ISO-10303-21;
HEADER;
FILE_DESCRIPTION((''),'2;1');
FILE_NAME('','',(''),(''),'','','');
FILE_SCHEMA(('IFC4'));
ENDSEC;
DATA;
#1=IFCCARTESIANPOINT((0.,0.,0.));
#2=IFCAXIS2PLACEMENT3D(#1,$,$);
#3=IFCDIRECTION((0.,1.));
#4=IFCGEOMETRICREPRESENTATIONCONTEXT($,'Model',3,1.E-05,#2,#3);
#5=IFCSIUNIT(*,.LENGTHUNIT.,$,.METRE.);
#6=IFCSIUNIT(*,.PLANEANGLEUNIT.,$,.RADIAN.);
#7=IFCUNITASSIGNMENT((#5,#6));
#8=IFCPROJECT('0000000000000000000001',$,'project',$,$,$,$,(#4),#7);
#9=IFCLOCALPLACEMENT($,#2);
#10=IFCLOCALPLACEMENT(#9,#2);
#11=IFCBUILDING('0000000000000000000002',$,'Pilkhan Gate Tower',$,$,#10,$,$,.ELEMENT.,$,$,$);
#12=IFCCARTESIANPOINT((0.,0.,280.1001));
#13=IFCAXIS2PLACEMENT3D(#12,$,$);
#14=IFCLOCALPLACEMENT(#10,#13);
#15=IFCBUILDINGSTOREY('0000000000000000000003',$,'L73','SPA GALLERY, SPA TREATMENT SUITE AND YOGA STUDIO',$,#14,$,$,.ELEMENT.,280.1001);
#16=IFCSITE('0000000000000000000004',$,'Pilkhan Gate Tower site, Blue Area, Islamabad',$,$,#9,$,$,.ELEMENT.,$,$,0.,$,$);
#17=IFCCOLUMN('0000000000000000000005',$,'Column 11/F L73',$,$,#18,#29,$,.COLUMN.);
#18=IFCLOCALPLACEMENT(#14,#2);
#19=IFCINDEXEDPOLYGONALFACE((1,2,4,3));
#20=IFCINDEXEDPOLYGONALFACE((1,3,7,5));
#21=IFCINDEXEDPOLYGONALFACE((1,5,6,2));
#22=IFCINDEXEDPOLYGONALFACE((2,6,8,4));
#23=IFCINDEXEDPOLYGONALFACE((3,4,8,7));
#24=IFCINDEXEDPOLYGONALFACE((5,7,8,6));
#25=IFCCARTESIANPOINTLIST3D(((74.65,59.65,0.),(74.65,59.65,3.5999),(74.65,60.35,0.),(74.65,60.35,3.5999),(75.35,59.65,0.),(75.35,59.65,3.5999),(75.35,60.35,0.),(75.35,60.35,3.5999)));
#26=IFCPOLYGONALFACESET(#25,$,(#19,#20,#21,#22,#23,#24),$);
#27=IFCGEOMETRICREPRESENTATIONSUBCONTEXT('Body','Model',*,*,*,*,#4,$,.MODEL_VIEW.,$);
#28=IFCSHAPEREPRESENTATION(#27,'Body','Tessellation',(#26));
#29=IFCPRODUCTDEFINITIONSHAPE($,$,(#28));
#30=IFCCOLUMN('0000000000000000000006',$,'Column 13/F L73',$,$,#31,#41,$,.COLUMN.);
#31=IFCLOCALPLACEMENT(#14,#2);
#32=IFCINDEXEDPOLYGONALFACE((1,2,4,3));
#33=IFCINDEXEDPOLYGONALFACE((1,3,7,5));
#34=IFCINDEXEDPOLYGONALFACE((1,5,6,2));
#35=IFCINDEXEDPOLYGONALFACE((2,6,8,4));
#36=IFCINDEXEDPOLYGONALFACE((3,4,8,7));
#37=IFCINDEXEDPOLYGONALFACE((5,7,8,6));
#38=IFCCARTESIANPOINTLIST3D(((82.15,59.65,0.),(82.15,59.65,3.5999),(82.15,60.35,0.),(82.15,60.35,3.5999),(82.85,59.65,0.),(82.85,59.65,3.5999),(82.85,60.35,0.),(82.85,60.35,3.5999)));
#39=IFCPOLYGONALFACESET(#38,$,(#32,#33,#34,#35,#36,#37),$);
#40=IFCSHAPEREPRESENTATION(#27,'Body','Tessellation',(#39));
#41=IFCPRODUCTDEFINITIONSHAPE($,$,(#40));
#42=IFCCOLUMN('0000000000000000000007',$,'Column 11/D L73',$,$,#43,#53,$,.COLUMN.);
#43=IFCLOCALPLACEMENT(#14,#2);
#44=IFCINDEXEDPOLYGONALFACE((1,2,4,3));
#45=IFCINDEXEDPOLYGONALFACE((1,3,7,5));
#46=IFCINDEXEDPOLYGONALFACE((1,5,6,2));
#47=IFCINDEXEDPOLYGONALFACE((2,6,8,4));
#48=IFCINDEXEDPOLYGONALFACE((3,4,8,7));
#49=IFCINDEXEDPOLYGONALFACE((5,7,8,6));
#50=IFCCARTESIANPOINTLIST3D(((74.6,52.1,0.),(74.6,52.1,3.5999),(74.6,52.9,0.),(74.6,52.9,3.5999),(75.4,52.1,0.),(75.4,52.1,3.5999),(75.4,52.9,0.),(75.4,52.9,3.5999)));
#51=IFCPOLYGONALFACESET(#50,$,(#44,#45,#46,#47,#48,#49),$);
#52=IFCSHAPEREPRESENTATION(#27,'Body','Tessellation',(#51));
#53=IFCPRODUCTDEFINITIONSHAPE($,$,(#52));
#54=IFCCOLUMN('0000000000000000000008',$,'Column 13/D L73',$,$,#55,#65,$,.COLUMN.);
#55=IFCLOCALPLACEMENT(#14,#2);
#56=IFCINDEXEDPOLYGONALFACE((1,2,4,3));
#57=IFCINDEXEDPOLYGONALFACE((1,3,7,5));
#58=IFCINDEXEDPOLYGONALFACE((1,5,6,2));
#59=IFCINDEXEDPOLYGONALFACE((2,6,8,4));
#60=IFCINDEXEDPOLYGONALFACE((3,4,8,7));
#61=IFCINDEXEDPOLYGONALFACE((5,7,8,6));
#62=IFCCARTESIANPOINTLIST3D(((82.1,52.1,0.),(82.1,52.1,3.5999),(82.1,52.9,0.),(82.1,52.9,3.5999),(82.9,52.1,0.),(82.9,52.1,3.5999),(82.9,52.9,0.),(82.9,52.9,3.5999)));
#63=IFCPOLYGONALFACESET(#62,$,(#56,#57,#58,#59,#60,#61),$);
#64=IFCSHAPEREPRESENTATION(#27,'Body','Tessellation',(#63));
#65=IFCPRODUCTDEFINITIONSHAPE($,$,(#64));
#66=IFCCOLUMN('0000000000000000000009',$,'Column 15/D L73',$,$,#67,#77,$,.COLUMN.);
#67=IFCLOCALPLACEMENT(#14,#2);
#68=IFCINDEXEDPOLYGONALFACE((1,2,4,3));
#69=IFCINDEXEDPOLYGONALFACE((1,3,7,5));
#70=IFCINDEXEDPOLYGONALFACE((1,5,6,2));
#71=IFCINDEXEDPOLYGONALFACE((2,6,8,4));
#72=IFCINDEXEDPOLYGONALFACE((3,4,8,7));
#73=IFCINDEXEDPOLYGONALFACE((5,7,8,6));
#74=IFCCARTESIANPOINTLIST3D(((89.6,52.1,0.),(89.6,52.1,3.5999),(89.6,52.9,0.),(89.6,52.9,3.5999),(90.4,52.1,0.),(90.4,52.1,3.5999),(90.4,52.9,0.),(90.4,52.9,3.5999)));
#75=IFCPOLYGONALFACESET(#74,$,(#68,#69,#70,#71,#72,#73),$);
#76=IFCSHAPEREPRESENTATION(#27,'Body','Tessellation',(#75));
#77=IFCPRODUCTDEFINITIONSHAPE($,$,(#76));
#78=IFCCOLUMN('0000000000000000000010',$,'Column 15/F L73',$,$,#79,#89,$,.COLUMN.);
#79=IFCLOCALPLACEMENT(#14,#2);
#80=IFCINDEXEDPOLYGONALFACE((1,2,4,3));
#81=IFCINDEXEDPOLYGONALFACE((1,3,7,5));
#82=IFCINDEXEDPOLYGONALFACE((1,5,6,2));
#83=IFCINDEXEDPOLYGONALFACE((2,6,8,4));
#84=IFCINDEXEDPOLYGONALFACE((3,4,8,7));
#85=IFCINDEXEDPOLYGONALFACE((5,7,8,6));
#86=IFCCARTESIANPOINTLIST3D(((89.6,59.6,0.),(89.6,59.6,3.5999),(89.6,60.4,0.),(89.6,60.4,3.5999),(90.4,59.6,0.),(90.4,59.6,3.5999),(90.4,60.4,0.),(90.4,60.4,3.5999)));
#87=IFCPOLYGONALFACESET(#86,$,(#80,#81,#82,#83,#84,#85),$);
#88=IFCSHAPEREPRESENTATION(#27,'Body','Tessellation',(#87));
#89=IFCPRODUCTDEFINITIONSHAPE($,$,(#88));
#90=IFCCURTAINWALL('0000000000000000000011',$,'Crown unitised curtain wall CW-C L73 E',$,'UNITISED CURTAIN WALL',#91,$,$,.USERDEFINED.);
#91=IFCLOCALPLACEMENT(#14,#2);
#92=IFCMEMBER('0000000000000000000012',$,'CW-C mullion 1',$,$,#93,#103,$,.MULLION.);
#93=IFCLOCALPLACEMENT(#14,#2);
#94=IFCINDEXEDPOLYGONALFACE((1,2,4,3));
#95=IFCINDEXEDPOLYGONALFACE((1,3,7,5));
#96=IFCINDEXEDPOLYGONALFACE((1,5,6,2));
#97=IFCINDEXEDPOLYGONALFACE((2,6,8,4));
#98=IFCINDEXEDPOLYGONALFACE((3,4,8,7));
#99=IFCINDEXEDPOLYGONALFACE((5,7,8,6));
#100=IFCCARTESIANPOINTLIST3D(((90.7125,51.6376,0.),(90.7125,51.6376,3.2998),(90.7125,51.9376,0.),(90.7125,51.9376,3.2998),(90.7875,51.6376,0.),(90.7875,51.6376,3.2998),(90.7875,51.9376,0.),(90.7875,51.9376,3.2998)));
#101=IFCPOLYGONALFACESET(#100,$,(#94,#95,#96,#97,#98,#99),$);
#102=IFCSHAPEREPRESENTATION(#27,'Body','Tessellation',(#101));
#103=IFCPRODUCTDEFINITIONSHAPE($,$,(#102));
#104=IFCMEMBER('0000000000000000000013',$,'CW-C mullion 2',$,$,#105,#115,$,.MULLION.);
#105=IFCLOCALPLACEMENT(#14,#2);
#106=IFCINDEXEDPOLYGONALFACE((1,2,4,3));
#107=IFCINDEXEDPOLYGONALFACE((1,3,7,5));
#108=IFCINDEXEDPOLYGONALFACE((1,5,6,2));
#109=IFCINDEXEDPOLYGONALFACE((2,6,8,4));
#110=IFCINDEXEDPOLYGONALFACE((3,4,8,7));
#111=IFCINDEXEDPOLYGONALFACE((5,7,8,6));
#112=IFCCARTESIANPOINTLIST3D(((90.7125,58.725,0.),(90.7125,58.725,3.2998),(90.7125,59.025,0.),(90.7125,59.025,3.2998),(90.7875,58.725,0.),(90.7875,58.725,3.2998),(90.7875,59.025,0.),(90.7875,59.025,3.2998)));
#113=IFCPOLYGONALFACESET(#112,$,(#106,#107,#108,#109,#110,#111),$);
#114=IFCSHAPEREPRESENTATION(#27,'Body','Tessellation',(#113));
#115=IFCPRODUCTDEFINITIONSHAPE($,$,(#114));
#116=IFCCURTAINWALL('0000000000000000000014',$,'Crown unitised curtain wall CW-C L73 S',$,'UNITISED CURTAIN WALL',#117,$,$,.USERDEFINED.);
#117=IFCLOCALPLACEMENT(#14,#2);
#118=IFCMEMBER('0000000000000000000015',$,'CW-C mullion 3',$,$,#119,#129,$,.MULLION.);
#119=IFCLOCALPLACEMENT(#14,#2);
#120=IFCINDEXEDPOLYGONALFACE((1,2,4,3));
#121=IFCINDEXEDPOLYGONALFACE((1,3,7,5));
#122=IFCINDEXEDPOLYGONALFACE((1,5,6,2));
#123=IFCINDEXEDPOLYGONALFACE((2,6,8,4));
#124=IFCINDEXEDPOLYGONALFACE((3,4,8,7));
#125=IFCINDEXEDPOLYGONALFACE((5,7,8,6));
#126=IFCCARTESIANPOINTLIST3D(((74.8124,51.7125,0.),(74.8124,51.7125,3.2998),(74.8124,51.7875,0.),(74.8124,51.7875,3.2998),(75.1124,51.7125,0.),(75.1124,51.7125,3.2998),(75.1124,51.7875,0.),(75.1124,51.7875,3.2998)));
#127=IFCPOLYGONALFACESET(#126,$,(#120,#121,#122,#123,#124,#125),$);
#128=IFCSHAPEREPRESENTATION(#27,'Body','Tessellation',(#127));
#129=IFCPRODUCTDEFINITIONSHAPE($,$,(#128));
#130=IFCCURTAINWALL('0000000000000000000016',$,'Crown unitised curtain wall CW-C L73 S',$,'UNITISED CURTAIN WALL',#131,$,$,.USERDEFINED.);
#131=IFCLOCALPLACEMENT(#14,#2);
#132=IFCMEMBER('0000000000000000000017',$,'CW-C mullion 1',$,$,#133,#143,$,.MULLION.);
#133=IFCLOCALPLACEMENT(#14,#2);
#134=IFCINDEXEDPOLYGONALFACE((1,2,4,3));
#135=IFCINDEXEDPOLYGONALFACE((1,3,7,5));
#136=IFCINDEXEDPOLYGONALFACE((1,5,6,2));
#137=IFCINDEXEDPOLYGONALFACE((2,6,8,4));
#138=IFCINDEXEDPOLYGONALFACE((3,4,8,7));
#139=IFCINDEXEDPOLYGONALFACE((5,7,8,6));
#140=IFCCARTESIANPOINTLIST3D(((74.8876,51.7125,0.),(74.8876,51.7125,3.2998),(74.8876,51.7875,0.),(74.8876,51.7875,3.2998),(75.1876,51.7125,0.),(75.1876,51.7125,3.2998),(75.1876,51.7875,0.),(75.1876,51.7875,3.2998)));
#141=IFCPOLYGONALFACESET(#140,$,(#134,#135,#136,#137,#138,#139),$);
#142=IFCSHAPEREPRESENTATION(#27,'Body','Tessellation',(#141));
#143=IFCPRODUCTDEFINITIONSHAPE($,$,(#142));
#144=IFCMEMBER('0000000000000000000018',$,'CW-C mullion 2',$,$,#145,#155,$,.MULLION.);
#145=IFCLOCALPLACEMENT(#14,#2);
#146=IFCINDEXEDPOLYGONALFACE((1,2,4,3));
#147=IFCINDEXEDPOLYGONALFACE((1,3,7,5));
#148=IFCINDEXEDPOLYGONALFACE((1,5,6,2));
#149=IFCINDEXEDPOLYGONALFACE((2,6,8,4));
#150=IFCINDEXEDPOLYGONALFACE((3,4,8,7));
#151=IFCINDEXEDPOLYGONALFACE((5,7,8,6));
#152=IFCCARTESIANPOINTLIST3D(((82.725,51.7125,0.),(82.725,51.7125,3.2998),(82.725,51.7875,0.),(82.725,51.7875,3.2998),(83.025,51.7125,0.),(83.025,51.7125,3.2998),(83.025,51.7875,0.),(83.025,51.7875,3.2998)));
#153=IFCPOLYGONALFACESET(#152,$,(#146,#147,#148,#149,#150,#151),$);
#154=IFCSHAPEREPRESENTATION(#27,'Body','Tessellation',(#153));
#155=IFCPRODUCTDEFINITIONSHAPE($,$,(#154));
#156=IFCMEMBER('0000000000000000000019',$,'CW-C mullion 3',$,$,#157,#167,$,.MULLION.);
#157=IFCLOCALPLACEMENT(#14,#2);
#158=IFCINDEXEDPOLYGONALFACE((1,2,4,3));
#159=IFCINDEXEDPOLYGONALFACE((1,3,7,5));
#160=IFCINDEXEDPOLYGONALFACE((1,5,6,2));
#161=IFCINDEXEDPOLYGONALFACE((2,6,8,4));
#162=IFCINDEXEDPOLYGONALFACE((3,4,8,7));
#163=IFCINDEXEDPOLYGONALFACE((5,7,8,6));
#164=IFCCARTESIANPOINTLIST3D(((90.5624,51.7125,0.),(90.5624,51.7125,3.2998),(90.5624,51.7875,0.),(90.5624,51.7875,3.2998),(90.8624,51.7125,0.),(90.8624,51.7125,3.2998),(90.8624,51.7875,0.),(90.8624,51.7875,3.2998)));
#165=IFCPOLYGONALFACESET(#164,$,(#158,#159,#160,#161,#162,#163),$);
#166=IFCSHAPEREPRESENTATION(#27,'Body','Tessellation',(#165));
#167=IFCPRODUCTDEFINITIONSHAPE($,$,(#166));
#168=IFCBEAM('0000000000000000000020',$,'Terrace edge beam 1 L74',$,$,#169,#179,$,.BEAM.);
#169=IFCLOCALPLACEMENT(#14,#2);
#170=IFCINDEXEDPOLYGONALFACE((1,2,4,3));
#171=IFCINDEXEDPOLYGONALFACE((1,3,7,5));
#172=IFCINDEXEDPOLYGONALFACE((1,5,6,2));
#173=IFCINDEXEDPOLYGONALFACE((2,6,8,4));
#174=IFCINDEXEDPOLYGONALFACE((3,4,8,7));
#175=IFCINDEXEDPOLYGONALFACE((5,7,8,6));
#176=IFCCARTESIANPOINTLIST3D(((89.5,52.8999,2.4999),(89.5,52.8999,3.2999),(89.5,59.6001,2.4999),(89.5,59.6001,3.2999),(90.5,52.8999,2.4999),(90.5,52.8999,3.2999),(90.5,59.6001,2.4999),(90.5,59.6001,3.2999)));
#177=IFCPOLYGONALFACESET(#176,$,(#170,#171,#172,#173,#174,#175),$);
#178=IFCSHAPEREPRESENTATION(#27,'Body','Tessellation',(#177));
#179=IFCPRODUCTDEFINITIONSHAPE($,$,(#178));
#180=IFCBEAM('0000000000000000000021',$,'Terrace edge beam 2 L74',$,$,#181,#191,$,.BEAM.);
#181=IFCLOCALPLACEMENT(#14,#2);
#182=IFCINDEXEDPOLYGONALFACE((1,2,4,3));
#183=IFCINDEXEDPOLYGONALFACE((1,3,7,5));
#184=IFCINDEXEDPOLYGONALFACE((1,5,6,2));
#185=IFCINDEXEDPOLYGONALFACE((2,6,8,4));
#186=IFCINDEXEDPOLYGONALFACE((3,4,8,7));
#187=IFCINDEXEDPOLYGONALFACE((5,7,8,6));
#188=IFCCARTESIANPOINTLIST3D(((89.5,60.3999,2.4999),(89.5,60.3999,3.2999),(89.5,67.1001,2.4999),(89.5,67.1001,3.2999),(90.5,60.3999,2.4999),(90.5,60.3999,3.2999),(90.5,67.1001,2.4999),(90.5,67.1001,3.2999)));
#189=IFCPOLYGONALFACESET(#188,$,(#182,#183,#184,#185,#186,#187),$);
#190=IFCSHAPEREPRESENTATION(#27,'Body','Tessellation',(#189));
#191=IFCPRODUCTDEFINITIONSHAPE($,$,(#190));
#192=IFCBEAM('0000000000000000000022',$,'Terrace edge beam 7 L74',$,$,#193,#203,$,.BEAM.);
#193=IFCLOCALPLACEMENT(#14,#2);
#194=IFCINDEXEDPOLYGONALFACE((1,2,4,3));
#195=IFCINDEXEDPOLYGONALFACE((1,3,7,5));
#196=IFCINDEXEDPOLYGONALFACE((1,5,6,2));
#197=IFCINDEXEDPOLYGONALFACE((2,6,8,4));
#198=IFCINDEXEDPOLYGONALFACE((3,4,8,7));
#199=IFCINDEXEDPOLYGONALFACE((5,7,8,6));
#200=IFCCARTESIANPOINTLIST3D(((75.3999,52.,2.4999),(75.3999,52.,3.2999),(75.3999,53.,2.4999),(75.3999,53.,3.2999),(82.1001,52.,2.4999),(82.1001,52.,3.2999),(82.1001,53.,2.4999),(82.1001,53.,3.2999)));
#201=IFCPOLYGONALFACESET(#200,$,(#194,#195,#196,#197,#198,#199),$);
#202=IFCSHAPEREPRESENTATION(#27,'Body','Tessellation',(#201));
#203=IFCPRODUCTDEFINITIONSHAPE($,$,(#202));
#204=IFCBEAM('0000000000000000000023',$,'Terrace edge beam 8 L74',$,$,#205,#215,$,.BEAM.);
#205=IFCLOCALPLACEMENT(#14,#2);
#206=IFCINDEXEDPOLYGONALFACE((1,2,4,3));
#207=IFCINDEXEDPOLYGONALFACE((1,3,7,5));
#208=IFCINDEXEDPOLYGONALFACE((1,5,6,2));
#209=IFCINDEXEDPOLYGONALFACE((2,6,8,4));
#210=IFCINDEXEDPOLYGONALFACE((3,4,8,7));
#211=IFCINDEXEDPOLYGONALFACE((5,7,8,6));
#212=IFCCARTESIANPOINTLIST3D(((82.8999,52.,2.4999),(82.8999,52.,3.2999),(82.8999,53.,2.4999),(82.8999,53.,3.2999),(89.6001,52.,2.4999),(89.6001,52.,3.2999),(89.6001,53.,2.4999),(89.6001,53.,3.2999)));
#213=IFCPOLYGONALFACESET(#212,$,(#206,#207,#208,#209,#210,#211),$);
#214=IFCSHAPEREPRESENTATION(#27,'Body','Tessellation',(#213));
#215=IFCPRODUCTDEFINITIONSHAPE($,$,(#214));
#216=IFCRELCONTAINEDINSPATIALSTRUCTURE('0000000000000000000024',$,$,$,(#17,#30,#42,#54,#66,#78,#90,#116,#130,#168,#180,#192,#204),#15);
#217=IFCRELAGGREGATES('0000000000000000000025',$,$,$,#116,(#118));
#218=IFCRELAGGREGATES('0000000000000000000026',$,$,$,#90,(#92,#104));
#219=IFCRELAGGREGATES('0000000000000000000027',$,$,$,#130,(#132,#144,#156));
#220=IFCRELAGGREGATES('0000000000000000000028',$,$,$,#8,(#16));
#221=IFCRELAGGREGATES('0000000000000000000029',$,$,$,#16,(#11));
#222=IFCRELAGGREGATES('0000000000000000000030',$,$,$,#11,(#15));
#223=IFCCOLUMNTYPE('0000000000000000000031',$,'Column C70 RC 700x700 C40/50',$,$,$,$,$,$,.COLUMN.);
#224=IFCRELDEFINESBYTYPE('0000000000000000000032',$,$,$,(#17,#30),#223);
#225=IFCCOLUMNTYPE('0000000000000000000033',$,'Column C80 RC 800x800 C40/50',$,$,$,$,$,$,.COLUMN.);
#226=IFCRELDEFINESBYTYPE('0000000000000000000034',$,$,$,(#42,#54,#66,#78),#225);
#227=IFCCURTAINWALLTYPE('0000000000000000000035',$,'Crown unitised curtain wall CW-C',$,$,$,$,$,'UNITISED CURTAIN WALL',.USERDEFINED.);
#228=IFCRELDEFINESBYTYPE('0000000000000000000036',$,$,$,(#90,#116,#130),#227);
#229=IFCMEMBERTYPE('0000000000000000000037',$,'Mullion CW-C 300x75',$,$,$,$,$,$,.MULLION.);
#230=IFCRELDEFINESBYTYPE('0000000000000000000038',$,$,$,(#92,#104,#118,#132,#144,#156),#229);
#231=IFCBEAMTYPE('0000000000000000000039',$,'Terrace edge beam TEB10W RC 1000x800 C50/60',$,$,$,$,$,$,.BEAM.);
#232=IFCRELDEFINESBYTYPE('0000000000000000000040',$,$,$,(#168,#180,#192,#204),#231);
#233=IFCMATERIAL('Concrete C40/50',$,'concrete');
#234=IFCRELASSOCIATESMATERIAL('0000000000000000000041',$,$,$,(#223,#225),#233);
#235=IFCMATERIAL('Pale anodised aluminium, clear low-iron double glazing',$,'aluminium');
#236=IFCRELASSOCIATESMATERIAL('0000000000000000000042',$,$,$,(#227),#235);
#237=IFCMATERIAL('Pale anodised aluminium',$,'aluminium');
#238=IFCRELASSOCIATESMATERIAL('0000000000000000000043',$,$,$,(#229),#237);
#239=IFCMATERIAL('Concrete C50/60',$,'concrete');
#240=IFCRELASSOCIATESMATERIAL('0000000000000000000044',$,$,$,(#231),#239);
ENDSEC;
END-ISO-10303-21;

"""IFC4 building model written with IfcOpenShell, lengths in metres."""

from ifc_helpers import new_model, si_unit, direction, frame, origin, origin_2d, place, context, subcontext, project, spatial, rectangle, extrude, material, material_profile, profile_set, type_object, element, aggregate, save


model = new_model("IFC4")

# Units and contexts
model_context = context("Model", 3, precision=1e-05, world=origin(), true_north=direction((0.0, 1.0)))
body_context = subcontext(model_context, "Body", "Model", "MODEL_VIEW")
ifc_project = project(units=[si_unit("LENGTHUNIT", "METRE"), si_unit("PLANEANGLEUNIT", "RADIAN")], contexts=[model_context])

# Site, building, storey
site_placement = place(None, origin())
site = spatial("IfcSite", under=ifc_project, at=site_placement, Name="Pilkhan Gate Tower site, Blue Area, Islamabad", CompositionType="ELEMENT", RefElevation=0.0)
building_placement = place(site_placement, origin())
building = spatial("IfcBuilding", under=site, at=building_placement, Name="Pilkhan Gate Tower", CompositionType="ELEMENT")
storey_placement = place(building_placement, frame((0.0, 0.0, 280.1001)))
storey = spatial("IfcBuildingStorey", under=building, at=storey_placement, Name="L73", Description="SPA GALLERY, SPA TREATMENT SUITE AND YOGA STUDIO", CompositionType="ELEMENT", Elevation=280.1001)

# Columns
ifc_material_1 = material(Name="Concrete C40/50", Category="concrete")
ifc_material_profile_1 = material_profile(ifc_material_1, rectangle(XDim=0.7, YDim=0.7, at=origin_2d()), Name="RC 700x700")
ifc_profile_set_1 = profile_set([ifc_material_profile_1], Name="Concrete C40/50")
column_type_1 = type_object("IfcColumnType", Name="Column C70 RC 700x700 C40/50", PredefinedType="COLUMN", material=ifc_profile_set_1)
for number, where, z_axis, x_axis, name in (
    (1, (75.0, 60.0, 0.0), (0.0, 0.0, 1.0), (1.0, 0.0, 0.0), "Column 11/F L73"),
    (2, (82.5, 60.0, 0.0), (0.0, 0.0, 1.0), (1.0, 0.0, 0.0), "Column 13/F L73"),
):
    element("IfcColumn", number, at=place(storey_placement, frame(where, z_axis=z_axis, x_axis=x_axis)), inside=storey, type_object=column_type_1, Name=name, PredefinedType="COLUMN", context=body_context, shape_type="SweptSolid", body=[
        extrude(rectangle(XDim=0.7, YDim=0.7, at=origin_2d()), origin(), (0.0, 0.0, 1.0), 3.5999),
    ])
ifc_material_profile_2 = material_profile(ifc_material_1, rectangle(XDim=0.8, YDim=0.8, at=origin_2d()), Name="RC 800x800")
ifc_profile_set_2 = profile_set([ifc_material_profile_2], Name="Concrete C40/50")
column_type_2 = type_object("IfcColumnType", Name="Column C80 RC 800x800 C40/50", PredefinedType="COLUMN", material=ifc_profile_set_2)
for number, where, z_axis, x_axis, name in (
    (3, (75.0, 52.5, 0.0), (0.0, 0.0, 1.0), (1.0, 0.0, 0.0), "Column 11/D L73"),
    (4, (82.5, 52.5, 0.0), (0.0, 0.0, 1.0), (1.0, 0.0, 0.0), "Column 13/D L73"),
    (5, (90.0, 52.5, 0.0), (0.0, 0.0, 1.0), (1.0, 0.0, 0.0), "Column 15/D L73"),
    (6, (90.0, 60.0, 0.0), (0.0, 0.0, 1.0), (1.0, 0.0, 0.0), "Column 15/F L73"),
):
    element("IfcColumn", number, at=place(storey_placement, frame(where, z_axis=z_axis, x_axis=x_axis)), inside=storey, type_object=column_type_2, Name=name, PredefinedType="COLUMN", context=body_context, shape_type="SweptSolid", body=[
        extrude(rectangle(XDim=0.8, YDim=0.8, at=origin_2d()), origin(), (0.0, 0.0, 1.0), 3.5999),
    ])

# Curtain wall, members
ifc_material_2 = material(Name="Pale anodised aluminium, clear low-iron double glazing", Category="aluminium")
curtain_wall_type = type_object("IfcCurtainWallType", Name="Crown unitised curtain wall CW-C", ElementType="UNITISED CURTAIN WALL", PredefinedType="USERDEFINED", material=ifc_material_2)
curtain_wall_1_placement = place(storey_placement, origin())
curtain_wall_1 = element("IfcCurtainWall", 7, at=curtain_wall_1_placement, inside=storey, type_object=curtain_wall_type, Name="Crown unitised curtain wall CW-C L73 E", ObjectType="UNITISED CURTAIN WALL", PredefinedType="USERDEFINED")
ifc_material_3 = material(Name="Pale anodised aluminium", Category="aluminium")
ifc_material_profile_3 = material_profile(ifc_material_3, rectangle(XDim=0.075, YDim=0.3, at=origin_2d()), Name="Mullion 300x75")
ifc_profile_set_3 = profile_set([ifc_material_profile_3], Name="Pale anodised aluminium")
member_type_1 = type_object("IfcMemberType", Name="Mullion CW-C 300x75", PredefinedType="MULLION", material=ifc_profile_set_3)
member_1_placement = place(storey_placement, frame((90.75, 51.7876, 0.0), z_axis=(0.0, 0.0, 1.0), x_axis=(-1.0, 0.0, 0.0)))
member_1 = element("IfcMember", 8, at=member_1_placement, type_object=member_type_1, Name="CW-C mullion 1", PredefinedType="MULLION", context=body_context, shape_type="SweptSolid", body=[
    extrude(rectangle(XDim=0.075, YDim=0.3, at=origin_2d()), origin(), (0.0, 0.0, 1.0), 3.2998),
])
member_2_placement = place(storey_placement, frame((90.75, 58.875, 0.0), z_axis=(0.0, 0.0, 1.0), x_axis=(-1.0, 0.0, 0.0)))
member_2 = element("IfcMember", 9, at=member_2_placement, type_object=member_type_1, Name="CW-C mullion 2", PredefinedType="MULLION", context=body_context, shape_type="SweptSolid", body=[
    extrude(rectangle(XDim=0.075, YDim=0.3, at=origin_2d()), origin(), (0.0, 0.0, 1.0), 3.2998),
])

# Curtain wall, member
curtain_wall_2_placement = place(storey_placement, origin())
curtain_wall_2 = element("IfcCurtainWall", 10, at=curtain_wall_2_placement, inside=storey, type_object=curtain_wall_type, Name="Crown unitised curtain wall CW-C L73 S", ObjectType="UNITISED CURTAIN WALL", PredefinedType="USERDEFINED")
member_3_placement = place(storey_placement, frame((74.9624, 51.75, 0.0), z_axis=(0.0, 0.0, 1.0), x_axis=(0.0, 1.0, 0.0)))
member_3 = element("IfcMember", 11, at=member_3_placement, type_object=member_type_1, Name="CW-C mullion 3", PredefinedType="MULLION", context=body_context, shape_type="SweptSolid", body=[
    extrude(rectangle(XDim=0.075, YDim=0.3, at=origin_2d()), origin(), (0.0, 0.0, 1.0), 3.2998),
])
aggregate(curtain_wall_2, [member_3])

# Curtain wall, members
curtain_wall_3_placement = place(storey_placement, origin())
curtain_wall_3 = element("IfcCurtainWall", 12, at=curtain_wall_3_placement, inside=storey, type_object=curtain_wall_type, Name="Crown unitised curtain wall CW-C L73 S", ObjectType="UNITISED CURTAIN WALL", PredefinedType="USERDEFINED")
member_4_placement = place(storey_placement, frame((75.0376, 51.75, 0.0), z_axis=(0.0, 0.0, 1.0), x_axis=(0.0, 1.0, 0.0)))
member_4 = element("IfcMember", 13, at=member_4_placement, type_object=member_type_1, Name="CW-C mullion 1", PredefinedType="MULLION", context=body_context, shape_type="SweptSolid", body=[
    extrude(rectangle(XDim=0.075, YDim=0.3, at=origin_2d()), origin(), (0.0, 0.0, 1.0), 3.2998),
])
member_5_placement = place(storey_placement, frame((82.875, 51.75, 0.0), z_axis=(0.0, 0.0, 1.0), x_axis=(0.0, 1.0, 0.0)))
member_5 = element("IfcMember", 14, at=member_5_placement, type_object=member_type_1, Name="CW-C mullion 2", PredefinedType="MULLION", context=body_context, shape_type="SweptSolid", body=[
    extrude(rectangle(XDim=0.075, YDim=0.3, at=origin_2d()), origin(), (0.0, 0.0, 1.0), 3.2998),
])
member_6_placement = place(storey_placement, frame((90.7124, 51.75, 0.0), z_axis=(0.0, 0.0, 1.0), x_axis=(0.0, 1.0, 0.0)))
member_6 = element("IfcMember", 15, at=member_6_placement, type_object=member_type_1, Name="CW-C mullion 3", PredefinedType="MULLION", context=body_context, shape_type="SweptSolid", body=[
    extrude(rectangle(XDim=0.075, YDim=0.3, at=origin_2d()), origin(), (0.0, 0.0, 1.0), 3.2998),
])

# Beams
ifc_material_4 = material(Name="Concrete C50/60", Category="concrete")
ifc_material_profile_4 = material_profile(ifc_material_4, rectangle(XDim=1.0, YDim=0.8, at=origin_2d()), Name="RC 1000x800")
ifc_profile_set_4 = profile_set([ifc_material_profile_4], Name="Concrete C50/60")
beam_type = type_object("IfcBeamType", Name="Terrace edge beam TEB10W RC 1000x800 C50/60", PredefinedType="BEAM", material=ifc_profile_set_4)
for number, where, z_axis, x_axis, name in (
    (16, (90.0, 52.8999, 2.8999), (0.0, 1.0, 0.0), (-1.0, 0.0, 0.0), "Terrace edge beam 1 L74"),
    (17, (90.0, 60.3999, 2.8999), (0.0, 1.0, 0.0), (-1.0, 0.0, 0.0), "Terrace edge beam 2 L74"),
    (18, (75.3999, 52.5, 2.8999), (1.0, 0.0, 0.0), (0.0, 1.0, 0.0), "Terrace edge beam 7 L74"),
    (19, (82.8999, 52.5, 2.8999), (1.0, 0.0, 0.0), (0.0, 1.0, 0.0), "Terrace edge beam 8 L74"),
):
    element("IfcBeam", number, at=place(storey_placement, frame(where, z_axis=z_axis, x_axis=x_axis)), inside=storey, type_object=beam_type, Name=name, PredefinedType="BEAM", context=body_context, shape_type="SweptSolid", body=[
        extrude(rectangle(XDim=1.0, YDim=0.8, at=origin_2d()), origin(), (0.0, 0.0, 1.0), 6.7002),
    ])

aggregate(curtain_wall_1, [member_1, member_2])
aggregate(curtain_wall_3, [member_4, member_5, member_6])

save(model, "model.ifc")
